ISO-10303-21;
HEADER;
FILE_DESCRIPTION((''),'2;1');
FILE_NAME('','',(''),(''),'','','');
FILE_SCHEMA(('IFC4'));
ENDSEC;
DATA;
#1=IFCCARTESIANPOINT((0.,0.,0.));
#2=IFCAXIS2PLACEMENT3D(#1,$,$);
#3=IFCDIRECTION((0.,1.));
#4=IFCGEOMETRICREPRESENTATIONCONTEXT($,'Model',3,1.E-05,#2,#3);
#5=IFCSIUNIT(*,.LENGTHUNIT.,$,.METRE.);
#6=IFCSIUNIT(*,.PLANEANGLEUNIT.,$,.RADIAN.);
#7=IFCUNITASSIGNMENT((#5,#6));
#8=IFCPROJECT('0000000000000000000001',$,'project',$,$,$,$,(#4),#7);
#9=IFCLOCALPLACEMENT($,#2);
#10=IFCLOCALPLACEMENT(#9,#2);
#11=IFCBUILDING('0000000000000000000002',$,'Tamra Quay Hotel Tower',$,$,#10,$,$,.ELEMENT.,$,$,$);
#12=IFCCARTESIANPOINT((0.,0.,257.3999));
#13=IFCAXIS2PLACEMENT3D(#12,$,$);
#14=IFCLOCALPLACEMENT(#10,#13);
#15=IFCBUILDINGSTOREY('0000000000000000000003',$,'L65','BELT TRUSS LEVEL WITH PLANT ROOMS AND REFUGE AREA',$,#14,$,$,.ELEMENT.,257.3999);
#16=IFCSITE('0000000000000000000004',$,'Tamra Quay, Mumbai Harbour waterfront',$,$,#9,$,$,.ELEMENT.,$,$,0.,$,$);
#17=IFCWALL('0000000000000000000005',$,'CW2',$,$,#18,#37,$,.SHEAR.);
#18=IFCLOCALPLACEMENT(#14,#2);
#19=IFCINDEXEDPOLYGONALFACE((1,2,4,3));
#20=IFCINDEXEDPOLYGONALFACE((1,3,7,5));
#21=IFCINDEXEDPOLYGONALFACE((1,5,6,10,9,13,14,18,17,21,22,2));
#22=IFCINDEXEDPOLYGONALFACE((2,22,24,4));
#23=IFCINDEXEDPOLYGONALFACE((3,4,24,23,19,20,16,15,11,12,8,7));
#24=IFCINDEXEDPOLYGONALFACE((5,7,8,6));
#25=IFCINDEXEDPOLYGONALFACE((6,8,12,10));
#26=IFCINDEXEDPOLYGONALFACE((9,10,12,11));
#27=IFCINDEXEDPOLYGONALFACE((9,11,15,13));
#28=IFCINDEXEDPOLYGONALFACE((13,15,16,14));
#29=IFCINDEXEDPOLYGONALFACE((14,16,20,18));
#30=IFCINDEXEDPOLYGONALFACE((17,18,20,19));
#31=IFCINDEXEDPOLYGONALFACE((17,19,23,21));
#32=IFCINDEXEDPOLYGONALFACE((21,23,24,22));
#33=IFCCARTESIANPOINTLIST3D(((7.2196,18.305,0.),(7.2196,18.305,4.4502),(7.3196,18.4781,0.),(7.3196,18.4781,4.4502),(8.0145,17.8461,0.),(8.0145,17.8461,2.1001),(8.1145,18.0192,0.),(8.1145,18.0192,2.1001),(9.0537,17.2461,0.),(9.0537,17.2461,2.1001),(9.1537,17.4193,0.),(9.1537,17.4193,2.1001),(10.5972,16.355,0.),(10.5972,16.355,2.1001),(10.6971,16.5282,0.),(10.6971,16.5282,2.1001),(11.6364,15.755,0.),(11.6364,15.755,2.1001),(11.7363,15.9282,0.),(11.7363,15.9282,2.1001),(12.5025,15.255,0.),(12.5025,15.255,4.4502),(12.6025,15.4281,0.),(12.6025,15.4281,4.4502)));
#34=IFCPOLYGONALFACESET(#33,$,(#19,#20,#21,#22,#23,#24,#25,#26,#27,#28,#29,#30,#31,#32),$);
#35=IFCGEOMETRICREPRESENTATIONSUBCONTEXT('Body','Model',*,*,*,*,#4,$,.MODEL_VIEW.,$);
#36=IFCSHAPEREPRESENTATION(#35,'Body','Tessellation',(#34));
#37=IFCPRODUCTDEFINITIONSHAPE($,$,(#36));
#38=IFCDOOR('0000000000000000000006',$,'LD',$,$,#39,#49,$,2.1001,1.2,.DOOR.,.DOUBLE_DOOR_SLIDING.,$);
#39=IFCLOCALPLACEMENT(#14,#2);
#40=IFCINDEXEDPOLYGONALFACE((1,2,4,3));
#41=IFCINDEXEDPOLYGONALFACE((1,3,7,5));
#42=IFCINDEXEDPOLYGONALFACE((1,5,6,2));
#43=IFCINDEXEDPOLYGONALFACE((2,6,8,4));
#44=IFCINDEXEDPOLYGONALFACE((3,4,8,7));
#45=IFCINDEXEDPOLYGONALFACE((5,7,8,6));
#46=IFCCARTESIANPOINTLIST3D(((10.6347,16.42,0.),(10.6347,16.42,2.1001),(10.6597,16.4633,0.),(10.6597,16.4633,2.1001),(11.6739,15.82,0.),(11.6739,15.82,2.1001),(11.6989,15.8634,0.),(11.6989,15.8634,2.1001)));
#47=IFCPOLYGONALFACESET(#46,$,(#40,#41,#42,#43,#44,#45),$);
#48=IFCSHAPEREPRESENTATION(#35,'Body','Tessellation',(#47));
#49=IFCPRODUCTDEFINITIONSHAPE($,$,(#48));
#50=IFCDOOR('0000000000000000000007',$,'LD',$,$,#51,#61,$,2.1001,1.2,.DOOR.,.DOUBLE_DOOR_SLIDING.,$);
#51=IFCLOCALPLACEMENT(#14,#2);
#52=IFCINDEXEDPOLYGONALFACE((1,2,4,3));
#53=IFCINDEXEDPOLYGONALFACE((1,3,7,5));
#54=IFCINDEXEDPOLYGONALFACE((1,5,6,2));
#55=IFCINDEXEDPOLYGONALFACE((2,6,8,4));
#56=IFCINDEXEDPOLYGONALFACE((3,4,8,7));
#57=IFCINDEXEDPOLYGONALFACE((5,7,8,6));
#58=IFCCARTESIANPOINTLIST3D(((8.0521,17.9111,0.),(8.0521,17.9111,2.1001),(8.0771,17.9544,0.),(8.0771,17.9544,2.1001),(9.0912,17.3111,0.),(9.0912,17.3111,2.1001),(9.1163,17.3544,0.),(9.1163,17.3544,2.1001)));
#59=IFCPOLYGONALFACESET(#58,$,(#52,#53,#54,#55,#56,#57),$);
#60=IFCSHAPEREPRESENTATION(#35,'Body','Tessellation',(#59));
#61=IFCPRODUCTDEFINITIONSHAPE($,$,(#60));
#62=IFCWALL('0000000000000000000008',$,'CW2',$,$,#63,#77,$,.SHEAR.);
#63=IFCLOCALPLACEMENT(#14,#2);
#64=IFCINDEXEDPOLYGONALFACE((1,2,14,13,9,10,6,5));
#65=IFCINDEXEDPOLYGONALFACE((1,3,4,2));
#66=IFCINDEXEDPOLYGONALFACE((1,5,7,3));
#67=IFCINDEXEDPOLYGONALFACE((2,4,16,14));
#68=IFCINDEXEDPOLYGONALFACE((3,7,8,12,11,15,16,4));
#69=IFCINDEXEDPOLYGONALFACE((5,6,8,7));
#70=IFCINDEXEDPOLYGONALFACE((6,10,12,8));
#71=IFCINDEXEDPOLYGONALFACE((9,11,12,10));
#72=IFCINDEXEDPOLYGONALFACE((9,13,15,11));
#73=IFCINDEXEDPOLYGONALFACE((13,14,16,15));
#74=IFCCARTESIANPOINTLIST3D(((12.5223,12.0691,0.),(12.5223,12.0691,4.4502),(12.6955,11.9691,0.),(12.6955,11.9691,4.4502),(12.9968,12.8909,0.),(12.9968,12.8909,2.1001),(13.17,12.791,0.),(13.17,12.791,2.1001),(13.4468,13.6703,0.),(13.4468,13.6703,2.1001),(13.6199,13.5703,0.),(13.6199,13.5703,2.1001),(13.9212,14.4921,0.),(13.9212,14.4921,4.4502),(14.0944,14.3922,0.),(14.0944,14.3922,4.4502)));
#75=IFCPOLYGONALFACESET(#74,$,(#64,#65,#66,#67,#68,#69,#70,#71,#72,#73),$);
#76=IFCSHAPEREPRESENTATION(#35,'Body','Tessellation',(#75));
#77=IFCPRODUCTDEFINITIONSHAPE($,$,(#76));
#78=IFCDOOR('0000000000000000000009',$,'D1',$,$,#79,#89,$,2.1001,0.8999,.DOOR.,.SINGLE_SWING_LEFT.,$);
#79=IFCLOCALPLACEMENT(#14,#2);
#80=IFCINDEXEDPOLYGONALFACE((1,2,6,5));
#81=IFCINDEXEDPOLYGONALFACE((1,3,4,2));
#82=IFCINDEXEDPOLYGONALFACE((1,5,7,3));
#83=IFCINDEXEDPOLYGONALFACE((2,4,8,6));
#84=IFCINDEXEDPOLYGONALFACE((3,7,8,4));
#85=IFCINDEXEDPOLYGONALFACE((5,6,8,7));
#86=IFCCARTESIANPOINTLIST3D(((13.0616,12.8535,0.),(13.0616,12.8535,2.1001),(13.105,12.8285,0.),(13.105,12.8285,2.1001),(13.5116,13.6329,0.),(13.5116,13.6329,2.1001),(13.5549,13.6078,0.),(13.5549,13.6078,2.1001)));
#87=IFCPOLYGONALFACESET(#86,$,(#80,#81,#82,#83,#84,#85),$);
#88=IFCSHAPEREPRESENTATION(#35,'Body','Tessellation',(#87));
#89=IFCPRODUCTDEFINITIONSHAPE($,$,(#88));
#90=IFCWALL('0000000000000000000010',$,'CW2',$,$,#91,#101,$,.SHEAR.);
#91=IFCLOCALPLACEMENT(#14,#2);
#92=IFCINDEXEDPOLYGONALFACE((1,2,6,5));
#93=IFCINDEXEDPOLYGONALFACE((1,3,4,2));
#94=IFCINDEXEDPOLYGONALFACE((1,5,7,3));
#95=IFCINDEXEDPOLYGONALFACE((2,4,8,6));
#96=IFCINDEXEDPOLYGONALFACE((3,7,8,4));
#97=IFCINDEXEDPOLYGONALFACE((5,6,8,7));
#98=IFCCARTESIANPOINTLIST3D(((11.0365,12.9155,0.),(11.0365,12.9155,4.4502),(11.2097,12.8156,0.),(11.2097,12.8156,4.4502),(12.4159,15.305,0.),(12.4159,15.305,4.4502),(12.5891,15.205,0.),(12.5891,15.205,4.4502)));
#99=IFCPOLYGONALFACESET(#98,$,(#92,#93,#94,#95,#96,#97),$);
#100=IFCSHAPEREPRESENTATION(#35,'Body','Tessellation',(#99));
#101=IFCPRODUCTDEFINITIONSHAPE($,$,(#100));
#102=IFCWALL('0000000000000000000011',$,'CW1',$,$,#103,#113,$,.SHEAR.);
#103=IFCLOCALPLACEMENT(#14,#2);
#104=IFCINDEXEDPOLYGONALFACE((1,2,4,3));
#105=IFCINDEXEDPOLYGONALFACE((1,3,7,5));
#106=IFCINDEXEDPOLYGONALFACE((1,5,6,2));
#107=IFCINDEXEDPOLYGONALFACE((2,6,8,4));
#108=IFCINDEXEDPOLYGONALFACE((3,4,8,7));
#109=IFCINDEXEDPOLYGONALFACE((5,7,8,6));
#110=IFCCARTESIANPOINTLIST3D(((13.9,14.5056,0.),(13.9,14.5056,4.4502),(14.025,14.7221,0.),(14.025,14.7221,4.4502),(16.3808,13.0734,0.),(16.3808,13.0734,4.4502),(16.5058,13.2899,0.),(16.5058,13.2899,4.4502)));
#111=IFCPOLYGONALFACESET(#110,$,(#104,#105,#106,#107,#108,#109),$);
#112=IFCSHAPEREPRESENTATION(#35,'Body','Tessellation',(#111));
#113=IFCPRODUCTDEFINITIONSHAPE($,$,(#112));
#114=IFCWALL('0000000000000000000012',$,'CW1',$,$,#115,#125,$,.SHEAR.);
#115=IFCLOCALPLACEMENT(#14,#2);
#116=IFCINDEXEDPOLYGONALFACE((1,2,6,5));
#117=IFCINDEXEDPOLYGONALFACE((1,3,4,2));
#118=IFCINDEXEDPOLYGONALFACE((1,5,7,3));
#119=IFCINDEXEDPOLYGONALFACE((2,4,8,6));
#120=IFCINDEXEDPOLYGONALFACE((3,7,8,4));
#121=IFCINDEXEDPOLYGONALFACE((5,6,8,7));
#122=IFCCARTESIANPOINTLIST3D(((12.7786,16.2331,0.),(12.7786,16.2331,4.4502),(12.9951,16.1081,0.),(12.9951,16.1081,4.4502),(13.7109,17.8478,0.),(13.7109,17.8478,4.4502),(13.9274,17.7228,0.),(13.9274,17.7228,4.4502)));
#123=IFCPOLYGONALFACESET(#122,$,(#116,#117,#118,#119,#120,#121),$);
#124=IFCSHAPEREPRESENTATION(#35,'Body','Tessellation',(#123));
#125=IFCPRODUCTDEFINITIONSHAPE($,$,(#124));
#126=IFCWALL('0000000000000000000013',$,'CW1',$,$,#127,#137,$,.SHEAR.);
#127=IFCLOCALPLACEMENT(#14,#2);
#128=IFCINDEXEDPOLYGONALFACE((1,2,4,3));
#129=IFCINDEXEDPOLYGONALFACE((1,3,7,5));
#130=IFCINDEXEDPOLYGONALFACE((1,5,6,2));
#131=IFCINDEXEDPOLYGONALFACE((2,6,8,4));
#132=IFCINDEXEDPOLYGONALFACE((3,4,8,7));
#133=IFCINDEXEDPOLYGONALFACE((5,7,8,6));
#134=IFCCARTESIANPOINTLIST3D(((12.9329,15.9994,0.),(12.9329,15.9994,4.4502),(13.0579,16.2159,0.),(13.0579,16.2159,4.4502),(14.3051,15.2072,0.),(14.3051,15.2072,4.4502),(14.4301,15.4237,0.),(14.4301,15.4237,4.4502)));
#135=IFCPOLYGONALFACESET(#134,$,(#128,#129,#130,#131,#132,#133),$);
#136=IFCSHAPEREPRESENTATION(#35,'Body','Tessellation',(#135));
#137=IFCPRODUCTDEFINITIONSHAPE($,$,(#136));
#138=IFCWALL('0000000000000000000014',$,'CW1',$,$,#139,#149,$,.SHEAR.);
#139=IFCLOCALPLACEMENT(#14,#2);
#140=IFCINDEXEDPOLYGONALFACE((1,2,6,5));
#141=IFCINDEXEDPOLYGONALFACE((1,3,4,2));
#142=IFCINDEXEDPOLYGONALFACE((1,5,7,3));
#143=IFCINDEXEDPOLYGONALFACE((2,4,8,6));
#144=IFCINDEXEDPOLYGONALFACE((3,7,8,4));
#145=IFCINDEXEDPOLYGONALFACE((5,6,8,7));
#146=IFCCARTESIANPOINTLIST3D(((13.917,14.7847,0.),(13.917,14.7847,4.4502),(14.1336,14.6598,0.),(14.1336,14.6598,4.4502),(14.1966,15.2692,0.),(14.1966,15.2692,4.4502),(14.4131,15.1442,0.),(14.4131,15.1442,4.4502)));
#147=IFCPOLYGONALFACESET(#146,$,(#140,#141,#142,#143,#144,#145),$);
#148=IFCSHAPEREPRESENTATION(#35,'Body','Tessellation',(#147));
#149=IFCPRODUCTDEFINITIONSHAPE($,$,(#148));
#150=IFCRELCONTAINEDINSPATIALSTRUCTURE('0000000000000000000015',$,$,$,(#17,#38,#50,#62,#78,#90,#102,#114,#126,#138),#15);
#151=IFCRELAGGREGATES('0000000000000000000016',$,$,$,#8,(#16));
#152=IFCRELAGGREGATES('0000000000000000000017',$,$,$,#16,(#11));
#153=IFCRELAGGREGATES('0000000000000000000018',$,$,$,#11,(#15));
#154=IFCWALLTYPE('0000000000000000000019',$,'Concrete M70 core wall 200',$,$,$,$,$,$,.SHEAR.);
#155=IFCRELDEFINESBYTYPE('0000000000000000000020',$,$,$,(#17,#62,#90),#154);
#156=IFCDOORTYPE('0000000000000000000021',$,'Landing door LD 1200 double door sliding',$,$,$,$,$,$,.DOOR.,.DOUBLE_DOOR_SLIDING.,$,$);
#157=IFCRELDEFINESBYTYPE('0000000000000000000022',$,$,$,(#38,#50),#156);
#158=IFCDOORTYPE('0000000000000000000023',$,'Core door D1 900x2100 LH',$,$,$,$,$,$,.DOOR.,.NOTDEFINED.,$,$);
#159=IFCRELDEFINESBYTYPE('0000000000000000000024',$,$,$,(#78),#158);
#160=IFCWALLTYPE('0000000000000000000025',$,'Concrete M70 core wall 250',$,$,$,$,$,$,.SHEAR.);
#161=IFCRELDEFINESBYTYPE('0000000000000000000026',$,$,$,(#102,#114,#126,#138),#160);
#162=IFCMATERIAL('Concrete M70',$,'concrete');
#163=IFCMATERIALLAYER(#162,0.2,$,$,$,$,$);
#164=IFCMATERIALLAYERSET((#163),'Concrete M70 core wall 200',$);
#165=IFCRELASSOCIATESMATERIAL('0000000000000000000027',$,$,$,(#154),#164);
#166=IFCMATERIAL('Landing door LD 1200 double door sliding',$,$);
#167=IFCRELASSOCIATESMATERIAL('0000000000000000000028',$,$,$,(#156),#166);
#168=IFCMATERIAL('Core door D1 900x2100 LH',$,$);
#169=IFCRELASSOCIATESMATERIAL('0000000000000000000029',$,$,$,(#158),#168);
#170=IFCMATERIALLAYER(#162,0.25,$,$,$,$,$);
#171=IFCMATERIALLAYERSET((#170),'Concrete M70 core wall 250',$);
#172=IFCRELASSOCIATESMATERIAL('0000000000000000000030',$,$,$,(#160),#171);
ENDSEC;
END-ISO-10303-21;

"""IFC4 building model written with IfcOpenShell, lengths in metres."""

from ifc_helpers import new_model, si_unit, direction, frame, frame_2d, origin, place, context, subcontext, project, spatial, rectangle, extrude, material, layer, layer_set, type_object, element, fill, save


model = new_model("IFC4")

# Units and contexts
model_context = context("Model", 3, precision=1e-05, world=origin(), true_north=direction((0.0, 1.0)))
body_context = subcontext(model_context, "Body", "Model", "MODEL_VIEW")
ifc_project = project(units=[si_unit("LENGTHUNIT", "METRE"), si_unit("PLANEANGLEUNIT", "RADIAN")], contexts=[model_context])

# Site, building, storey
site_placement = place(None, origin())
site = spatial("IfcSite", under=ifc_project, at=site_placement, Name="Tamra Quay, Mumbai Harbour waterfront", CompositionType="ELEMENT", RefElevation=0.0)
building_placement = place(site_placement, origin())
building = spatial("IfcBuilding", under=site, at=building_placement, Name="Tamra Quay Hotel Tower", CompositionType="ELEMENT")
storey_placement = place(building_placement, frame((0.0, 0.0, 257.3999)))
storey = spatial("IfcBuildingStorey", under=building, at=storey_placement, Name="L65", Description="BELT TRUSS LEVEL WITH PLANT ROOMS AND REFUGE AREA", CompositionType="ELEMENT", Elevation=257.3999)

# Shared definitions
ifc_material_1 = material(Name="Concrete M70", Category="concrete")

# Wall, openings, doors
ifc_layer_1 = layer(ifc_material_1, 0.2)
ifc_layer_set_1 = layer_set([ifc_layer_1], Name="Concrete M70 core wall 200")
wall_type_1 = type_object("IfcWallType", Name="Concrete M70 core wall 200", PredefinedType="SHEAR", material=ifc_layer_set_1)
wall_1_placement = place(storey_placement, frame((12.5525, 15.3416, 0.0), z_axis=(0.0, 0.0, 1.0), x_axis=(-0.86603, 0.499992, 0.0)))
wall_1 = element("IfcWall", 1, at=wall_1_placement, inside=storey, type_object=wall_type_1, Name="CW2", PredefinedType="SHEAR", context=body_context, shape_type="SweptSolid", body=[
    extrude(rectangle(XDim=6.1001, YDim=0.2, at=frame_2d((3.05, 0.0))), origin(), (0.0, 0.0, 1.0), 4.4502),
])
opening_1_placement = place(wall_1_placement, frame((1.0, 0.0, 0.0)))
opening_1 = element("IfcOpeningElement", 2, at=opening_1_placement, cuts=wall_1, PredefinedType="OPENING", context=body_context, shape_type="SweptSolid", body=[
    extrude(rectangle(XDim=1.2, YDim=2.1001, at=frame_2d((0.6001, 1.05))), frame((0.0, 0.1099, 0.0), z_axis=(0.0, -1.0, 0.0), x_axis=(1.0, 0.0, 0.0)), (0.0, 0.0, 1.0), 0.22),
])
opening_2_placement = place(wall_1_placement, frame((3.9822, 0.0, 0.0)))
opening_2 = element("IfcOpeningElement", 3, at=opening_2_placement, cuts=wall_1, PredefinedType="OPENING", context=body_context, shape_type="SweptSolid", body=[
    extrude(rectangle(XDim=1.2, YDim=2.1001, at=frame_2d((0.6001, 1.05))), frame((0.0, 0.1099, 0.0), z_axis=(0.0, -1.0, 0.0), x_axis=(1.0, 0.0, 0.0)), (0.0, 0.0, 1.0), 0.22),
])
ifc_material_2 = material(Name="Landing door LD 1200 double door sliding")
door_type_1 = type_object("IfcDoorType", Name="Landing door LD 1200 double door sliding", OperationType="DOUBLE_DOOR_SLIDING", PredefinedType="DOOR", material=ifc_material_2)
door_1_placement = place(opening_1_placement, origin())
door_1 = element("IfcDoor", 4, at=door_1_placement, inside=storey, type_object=door_type_1, Name="LD", OperationType="DOUBLE_DOOR_SLIDING", OverallHeight=2.1001, OverallWidth=1.2, PredefinedType="DOOR", context=body_context, shape_type="SweptSolid", body=[
    extrude(rectangle(XDim=1.2, YDim=2.1001, at=frame_2d((0.6001, 1.05))), frame((0.0, 0.0249, 0.0), z_axis=(0.0, -1.0, 0.0), x_axis=(1.0, 0.0, 0.0)), (0.0, 0.0, 1.0), 0.05),
])
fill(opening_1, door_1)
door_2_placement = place(opening_2_placement, origin())
door_2 = element("IfcDoor", 5, at=door_2_placement, inside=storey, type_object=door_type_1, Name="LD", OperationType="DOUBLE_DOOR_SLIDING", OverallHeight=2.1001, OverallWidth=1.2, PredefinedType="DOOR", context=body_context, shape_type="SweptSolid", body=[
    extrude(rectangle(XDim=1.2, YDim=2.1001, at=frame_2d((0.6001, 1.05))), frame((0.0, 0.0249, 0.0), z_axis=(0.0, -1.0, 0.0), x_axis=(1.0, 0.0, 0.0)), (0.0, 0.0, 1.0), 0.05),
])
fill(opening_2, door_2)

# Wall, opening, door
wall_2_placement = place(storey_placement, frame((14.0078, 14.4421, 0.0), z_axis=(0.0, 0.0, 1.0), x_axis=(-0.499987, -0.866033, 0.0)))
wall_2 = element("IfcWall", 6, at=wall_2_placement, inside=storey, type_object=wall_type_1, Name="CW2", PredefinedType="SHEAR", context=body_context, shape_type="SweptSolid", body=[
    extrude(rectangle(XDim=2.7979, YDim=0.2, at=frame_2d((1.3989, 0.0))), origin(), (0.0, 0.0, 1.0), 4.4502),
])
opening_3_placement = place(wall_2_placement, frame((0.949, 0.0, 0.0)))
opening_3 = element("IfcOpeningElement", 7, at=opening_3_placement, cuts=wall_2, PredefinedType="OPENING", context=body_context, shape_type="SweptSolid", body=[
    extrude(rectangle(XDim=0.8999, YDim=2.1001, at=frame_2d((0.45, 1.05))), frame((0.0, 0.1099, 0.0), z_axis=(0.0, -1.0, 0.0), x_axis=(1.0, 0.0, 0.0)), (0.0, 0.0, 1.0), 0.22),
])
ifc_material_3 = material(Name="Core door D1 900x2100 LH")
door_type_2 = type_object("IfcDoorType", Name="Core door D1 900x2100 LH", OperationType="NOTDEFINED", PredefinedType="DOOR", material=ifc_material_3)
door_3_placement = place(opening_3_placement, origin())
door_3 = element("IfcDoor", 8, at=door_3_placement, inside=storey, type_object=door_type_2, Name="D1", OperationType="SINGLE_SWING_LEFT", OverallHeight=2.1001, OverallWidth=0.8999, PredefinedType="DOOR", context=body_context, shape_type="SweptSolid", body=[
    extrude(rectangle(XDim=0.8999, YDim=2.1001, at=frame_2d((0.45, 1.05))), frame((0.0, 0.0249, 0.0), z_axis=(0.0, -1.0, 0.0), x_axis=(1.0, 0.0, 0.0)), (0.0, 0.0, 1.0), 0.05),
])
fill(opening_3, door_3)

# Walls
wall_3_placement = place(storey_placement, frame((12.5024, 15.2549, 0.0), z_axis=(0.0, 0.0, 1.0), x_axis=(-0.499965, -0.866046, 0.0)))
element("IfcWall", 9, at=wall_3_placement, inside=storey, type_object=wall_type_1, Name="CW2", PredefinedType="SHEAR", context=body_context, shape_type="SweptSolid", body=[
    extrude(rectangle(XDim=2.759, YDim=0.2, at=frame_2d((1.3794, 0.0))), origin(), (0.0, 0.0, 1.0), 4.4502),
])
ifc_layer_2 = layer(ifc_material_1, 0.25)
ifc_layer_set_2 = layer_set([ifc_layer_2], Name="Concrete M70 core wall 250")
wall_type_2 = type_object("IfcWallType", Name="Concrete M70 core wall 250", PredefinedType="SHEAR", material=ifc_layer_set_2)
wall_4_placement = place(storey_placement, frame((13.9626, 14.6138, 0.0), z_axis=(0.0, 0.0, 1.0), x_axis=(0.866042, -0.499971, 0.0)))
element("IfcWall", 10, at=wall_4_placement, inside=storey, type_object=wall_type_2, Name="CW1", PredefinedType="SHEAR", context=body_context, shape_type="SweptSolid", body=[
    extrude(rectangle(XDim=2.8645, YDim=0.25, at=frame_2d((1.4321, 0.0))), origin(), (0.0, 0.0, 1.0), 4.4502),
])
wall_5_placement = place(storey_placement, frame((13.8191, 17.7852, 0.0), z_axis=(0.0, 0.0, 1.0), x_axis=(-0.50004, -0.866002, 0.0)))
element("IfcWall", 11, at=wall_5_placement, inside=storey, type_object=wall_type_2, Name="CW1", PredefinedType="SHEAR", context=body_context, shape_type="SweptSolid", body=[
    extrude(rectangle(XDim=1.8645, YDim=0.25, at=frame_2d((0.9321, 0.0))), origin(), (0.0, 0.0, 1.0), 4.4502),
])
wall_6_placement = place(storey_placement, frame((12.9954, 16.1077, 0.0), z_axis=(0.0, 0.0, 1.0), x_axis=(0.866044, -0.499967, 0.0)))
element("IfcWall", 12, at=wall_6_placement, inside=storey, type_object=wall_type_2, Name="CW1", PredefinedType="SHEAR", context=body_context, shape_type="SweptSolid", body=[
    extrude(rectangle(XDim=1.5845, YDim=0.25, at=frame_2d((0.7922, 0.0))), origin(), (0.0, 0.0, 1.0), 4.4502),
])
wall_7_placement = place(storey_placement, frame((14.3049, 15.2068, 0.0), z_axis=(0.0, 0.0, 1.0), x_axis=(-0.499848, -0.866113, 0.0)))
element("IfcWall", 13, at=wall_7_placement, inside=storey, type_object=wall_type_2, Name="CW1", PredefinedType="SHEAR", context=body_context, shape_type="SweptSolid", body=[
    extrude(rectangle(XDim=0.5593, YDim=0.25, at=frame_2d((0.2798, 0.0))), origin(), (0.0, 0.0, 1.0), 4.4502),
])

save(model, "model.ifc")
